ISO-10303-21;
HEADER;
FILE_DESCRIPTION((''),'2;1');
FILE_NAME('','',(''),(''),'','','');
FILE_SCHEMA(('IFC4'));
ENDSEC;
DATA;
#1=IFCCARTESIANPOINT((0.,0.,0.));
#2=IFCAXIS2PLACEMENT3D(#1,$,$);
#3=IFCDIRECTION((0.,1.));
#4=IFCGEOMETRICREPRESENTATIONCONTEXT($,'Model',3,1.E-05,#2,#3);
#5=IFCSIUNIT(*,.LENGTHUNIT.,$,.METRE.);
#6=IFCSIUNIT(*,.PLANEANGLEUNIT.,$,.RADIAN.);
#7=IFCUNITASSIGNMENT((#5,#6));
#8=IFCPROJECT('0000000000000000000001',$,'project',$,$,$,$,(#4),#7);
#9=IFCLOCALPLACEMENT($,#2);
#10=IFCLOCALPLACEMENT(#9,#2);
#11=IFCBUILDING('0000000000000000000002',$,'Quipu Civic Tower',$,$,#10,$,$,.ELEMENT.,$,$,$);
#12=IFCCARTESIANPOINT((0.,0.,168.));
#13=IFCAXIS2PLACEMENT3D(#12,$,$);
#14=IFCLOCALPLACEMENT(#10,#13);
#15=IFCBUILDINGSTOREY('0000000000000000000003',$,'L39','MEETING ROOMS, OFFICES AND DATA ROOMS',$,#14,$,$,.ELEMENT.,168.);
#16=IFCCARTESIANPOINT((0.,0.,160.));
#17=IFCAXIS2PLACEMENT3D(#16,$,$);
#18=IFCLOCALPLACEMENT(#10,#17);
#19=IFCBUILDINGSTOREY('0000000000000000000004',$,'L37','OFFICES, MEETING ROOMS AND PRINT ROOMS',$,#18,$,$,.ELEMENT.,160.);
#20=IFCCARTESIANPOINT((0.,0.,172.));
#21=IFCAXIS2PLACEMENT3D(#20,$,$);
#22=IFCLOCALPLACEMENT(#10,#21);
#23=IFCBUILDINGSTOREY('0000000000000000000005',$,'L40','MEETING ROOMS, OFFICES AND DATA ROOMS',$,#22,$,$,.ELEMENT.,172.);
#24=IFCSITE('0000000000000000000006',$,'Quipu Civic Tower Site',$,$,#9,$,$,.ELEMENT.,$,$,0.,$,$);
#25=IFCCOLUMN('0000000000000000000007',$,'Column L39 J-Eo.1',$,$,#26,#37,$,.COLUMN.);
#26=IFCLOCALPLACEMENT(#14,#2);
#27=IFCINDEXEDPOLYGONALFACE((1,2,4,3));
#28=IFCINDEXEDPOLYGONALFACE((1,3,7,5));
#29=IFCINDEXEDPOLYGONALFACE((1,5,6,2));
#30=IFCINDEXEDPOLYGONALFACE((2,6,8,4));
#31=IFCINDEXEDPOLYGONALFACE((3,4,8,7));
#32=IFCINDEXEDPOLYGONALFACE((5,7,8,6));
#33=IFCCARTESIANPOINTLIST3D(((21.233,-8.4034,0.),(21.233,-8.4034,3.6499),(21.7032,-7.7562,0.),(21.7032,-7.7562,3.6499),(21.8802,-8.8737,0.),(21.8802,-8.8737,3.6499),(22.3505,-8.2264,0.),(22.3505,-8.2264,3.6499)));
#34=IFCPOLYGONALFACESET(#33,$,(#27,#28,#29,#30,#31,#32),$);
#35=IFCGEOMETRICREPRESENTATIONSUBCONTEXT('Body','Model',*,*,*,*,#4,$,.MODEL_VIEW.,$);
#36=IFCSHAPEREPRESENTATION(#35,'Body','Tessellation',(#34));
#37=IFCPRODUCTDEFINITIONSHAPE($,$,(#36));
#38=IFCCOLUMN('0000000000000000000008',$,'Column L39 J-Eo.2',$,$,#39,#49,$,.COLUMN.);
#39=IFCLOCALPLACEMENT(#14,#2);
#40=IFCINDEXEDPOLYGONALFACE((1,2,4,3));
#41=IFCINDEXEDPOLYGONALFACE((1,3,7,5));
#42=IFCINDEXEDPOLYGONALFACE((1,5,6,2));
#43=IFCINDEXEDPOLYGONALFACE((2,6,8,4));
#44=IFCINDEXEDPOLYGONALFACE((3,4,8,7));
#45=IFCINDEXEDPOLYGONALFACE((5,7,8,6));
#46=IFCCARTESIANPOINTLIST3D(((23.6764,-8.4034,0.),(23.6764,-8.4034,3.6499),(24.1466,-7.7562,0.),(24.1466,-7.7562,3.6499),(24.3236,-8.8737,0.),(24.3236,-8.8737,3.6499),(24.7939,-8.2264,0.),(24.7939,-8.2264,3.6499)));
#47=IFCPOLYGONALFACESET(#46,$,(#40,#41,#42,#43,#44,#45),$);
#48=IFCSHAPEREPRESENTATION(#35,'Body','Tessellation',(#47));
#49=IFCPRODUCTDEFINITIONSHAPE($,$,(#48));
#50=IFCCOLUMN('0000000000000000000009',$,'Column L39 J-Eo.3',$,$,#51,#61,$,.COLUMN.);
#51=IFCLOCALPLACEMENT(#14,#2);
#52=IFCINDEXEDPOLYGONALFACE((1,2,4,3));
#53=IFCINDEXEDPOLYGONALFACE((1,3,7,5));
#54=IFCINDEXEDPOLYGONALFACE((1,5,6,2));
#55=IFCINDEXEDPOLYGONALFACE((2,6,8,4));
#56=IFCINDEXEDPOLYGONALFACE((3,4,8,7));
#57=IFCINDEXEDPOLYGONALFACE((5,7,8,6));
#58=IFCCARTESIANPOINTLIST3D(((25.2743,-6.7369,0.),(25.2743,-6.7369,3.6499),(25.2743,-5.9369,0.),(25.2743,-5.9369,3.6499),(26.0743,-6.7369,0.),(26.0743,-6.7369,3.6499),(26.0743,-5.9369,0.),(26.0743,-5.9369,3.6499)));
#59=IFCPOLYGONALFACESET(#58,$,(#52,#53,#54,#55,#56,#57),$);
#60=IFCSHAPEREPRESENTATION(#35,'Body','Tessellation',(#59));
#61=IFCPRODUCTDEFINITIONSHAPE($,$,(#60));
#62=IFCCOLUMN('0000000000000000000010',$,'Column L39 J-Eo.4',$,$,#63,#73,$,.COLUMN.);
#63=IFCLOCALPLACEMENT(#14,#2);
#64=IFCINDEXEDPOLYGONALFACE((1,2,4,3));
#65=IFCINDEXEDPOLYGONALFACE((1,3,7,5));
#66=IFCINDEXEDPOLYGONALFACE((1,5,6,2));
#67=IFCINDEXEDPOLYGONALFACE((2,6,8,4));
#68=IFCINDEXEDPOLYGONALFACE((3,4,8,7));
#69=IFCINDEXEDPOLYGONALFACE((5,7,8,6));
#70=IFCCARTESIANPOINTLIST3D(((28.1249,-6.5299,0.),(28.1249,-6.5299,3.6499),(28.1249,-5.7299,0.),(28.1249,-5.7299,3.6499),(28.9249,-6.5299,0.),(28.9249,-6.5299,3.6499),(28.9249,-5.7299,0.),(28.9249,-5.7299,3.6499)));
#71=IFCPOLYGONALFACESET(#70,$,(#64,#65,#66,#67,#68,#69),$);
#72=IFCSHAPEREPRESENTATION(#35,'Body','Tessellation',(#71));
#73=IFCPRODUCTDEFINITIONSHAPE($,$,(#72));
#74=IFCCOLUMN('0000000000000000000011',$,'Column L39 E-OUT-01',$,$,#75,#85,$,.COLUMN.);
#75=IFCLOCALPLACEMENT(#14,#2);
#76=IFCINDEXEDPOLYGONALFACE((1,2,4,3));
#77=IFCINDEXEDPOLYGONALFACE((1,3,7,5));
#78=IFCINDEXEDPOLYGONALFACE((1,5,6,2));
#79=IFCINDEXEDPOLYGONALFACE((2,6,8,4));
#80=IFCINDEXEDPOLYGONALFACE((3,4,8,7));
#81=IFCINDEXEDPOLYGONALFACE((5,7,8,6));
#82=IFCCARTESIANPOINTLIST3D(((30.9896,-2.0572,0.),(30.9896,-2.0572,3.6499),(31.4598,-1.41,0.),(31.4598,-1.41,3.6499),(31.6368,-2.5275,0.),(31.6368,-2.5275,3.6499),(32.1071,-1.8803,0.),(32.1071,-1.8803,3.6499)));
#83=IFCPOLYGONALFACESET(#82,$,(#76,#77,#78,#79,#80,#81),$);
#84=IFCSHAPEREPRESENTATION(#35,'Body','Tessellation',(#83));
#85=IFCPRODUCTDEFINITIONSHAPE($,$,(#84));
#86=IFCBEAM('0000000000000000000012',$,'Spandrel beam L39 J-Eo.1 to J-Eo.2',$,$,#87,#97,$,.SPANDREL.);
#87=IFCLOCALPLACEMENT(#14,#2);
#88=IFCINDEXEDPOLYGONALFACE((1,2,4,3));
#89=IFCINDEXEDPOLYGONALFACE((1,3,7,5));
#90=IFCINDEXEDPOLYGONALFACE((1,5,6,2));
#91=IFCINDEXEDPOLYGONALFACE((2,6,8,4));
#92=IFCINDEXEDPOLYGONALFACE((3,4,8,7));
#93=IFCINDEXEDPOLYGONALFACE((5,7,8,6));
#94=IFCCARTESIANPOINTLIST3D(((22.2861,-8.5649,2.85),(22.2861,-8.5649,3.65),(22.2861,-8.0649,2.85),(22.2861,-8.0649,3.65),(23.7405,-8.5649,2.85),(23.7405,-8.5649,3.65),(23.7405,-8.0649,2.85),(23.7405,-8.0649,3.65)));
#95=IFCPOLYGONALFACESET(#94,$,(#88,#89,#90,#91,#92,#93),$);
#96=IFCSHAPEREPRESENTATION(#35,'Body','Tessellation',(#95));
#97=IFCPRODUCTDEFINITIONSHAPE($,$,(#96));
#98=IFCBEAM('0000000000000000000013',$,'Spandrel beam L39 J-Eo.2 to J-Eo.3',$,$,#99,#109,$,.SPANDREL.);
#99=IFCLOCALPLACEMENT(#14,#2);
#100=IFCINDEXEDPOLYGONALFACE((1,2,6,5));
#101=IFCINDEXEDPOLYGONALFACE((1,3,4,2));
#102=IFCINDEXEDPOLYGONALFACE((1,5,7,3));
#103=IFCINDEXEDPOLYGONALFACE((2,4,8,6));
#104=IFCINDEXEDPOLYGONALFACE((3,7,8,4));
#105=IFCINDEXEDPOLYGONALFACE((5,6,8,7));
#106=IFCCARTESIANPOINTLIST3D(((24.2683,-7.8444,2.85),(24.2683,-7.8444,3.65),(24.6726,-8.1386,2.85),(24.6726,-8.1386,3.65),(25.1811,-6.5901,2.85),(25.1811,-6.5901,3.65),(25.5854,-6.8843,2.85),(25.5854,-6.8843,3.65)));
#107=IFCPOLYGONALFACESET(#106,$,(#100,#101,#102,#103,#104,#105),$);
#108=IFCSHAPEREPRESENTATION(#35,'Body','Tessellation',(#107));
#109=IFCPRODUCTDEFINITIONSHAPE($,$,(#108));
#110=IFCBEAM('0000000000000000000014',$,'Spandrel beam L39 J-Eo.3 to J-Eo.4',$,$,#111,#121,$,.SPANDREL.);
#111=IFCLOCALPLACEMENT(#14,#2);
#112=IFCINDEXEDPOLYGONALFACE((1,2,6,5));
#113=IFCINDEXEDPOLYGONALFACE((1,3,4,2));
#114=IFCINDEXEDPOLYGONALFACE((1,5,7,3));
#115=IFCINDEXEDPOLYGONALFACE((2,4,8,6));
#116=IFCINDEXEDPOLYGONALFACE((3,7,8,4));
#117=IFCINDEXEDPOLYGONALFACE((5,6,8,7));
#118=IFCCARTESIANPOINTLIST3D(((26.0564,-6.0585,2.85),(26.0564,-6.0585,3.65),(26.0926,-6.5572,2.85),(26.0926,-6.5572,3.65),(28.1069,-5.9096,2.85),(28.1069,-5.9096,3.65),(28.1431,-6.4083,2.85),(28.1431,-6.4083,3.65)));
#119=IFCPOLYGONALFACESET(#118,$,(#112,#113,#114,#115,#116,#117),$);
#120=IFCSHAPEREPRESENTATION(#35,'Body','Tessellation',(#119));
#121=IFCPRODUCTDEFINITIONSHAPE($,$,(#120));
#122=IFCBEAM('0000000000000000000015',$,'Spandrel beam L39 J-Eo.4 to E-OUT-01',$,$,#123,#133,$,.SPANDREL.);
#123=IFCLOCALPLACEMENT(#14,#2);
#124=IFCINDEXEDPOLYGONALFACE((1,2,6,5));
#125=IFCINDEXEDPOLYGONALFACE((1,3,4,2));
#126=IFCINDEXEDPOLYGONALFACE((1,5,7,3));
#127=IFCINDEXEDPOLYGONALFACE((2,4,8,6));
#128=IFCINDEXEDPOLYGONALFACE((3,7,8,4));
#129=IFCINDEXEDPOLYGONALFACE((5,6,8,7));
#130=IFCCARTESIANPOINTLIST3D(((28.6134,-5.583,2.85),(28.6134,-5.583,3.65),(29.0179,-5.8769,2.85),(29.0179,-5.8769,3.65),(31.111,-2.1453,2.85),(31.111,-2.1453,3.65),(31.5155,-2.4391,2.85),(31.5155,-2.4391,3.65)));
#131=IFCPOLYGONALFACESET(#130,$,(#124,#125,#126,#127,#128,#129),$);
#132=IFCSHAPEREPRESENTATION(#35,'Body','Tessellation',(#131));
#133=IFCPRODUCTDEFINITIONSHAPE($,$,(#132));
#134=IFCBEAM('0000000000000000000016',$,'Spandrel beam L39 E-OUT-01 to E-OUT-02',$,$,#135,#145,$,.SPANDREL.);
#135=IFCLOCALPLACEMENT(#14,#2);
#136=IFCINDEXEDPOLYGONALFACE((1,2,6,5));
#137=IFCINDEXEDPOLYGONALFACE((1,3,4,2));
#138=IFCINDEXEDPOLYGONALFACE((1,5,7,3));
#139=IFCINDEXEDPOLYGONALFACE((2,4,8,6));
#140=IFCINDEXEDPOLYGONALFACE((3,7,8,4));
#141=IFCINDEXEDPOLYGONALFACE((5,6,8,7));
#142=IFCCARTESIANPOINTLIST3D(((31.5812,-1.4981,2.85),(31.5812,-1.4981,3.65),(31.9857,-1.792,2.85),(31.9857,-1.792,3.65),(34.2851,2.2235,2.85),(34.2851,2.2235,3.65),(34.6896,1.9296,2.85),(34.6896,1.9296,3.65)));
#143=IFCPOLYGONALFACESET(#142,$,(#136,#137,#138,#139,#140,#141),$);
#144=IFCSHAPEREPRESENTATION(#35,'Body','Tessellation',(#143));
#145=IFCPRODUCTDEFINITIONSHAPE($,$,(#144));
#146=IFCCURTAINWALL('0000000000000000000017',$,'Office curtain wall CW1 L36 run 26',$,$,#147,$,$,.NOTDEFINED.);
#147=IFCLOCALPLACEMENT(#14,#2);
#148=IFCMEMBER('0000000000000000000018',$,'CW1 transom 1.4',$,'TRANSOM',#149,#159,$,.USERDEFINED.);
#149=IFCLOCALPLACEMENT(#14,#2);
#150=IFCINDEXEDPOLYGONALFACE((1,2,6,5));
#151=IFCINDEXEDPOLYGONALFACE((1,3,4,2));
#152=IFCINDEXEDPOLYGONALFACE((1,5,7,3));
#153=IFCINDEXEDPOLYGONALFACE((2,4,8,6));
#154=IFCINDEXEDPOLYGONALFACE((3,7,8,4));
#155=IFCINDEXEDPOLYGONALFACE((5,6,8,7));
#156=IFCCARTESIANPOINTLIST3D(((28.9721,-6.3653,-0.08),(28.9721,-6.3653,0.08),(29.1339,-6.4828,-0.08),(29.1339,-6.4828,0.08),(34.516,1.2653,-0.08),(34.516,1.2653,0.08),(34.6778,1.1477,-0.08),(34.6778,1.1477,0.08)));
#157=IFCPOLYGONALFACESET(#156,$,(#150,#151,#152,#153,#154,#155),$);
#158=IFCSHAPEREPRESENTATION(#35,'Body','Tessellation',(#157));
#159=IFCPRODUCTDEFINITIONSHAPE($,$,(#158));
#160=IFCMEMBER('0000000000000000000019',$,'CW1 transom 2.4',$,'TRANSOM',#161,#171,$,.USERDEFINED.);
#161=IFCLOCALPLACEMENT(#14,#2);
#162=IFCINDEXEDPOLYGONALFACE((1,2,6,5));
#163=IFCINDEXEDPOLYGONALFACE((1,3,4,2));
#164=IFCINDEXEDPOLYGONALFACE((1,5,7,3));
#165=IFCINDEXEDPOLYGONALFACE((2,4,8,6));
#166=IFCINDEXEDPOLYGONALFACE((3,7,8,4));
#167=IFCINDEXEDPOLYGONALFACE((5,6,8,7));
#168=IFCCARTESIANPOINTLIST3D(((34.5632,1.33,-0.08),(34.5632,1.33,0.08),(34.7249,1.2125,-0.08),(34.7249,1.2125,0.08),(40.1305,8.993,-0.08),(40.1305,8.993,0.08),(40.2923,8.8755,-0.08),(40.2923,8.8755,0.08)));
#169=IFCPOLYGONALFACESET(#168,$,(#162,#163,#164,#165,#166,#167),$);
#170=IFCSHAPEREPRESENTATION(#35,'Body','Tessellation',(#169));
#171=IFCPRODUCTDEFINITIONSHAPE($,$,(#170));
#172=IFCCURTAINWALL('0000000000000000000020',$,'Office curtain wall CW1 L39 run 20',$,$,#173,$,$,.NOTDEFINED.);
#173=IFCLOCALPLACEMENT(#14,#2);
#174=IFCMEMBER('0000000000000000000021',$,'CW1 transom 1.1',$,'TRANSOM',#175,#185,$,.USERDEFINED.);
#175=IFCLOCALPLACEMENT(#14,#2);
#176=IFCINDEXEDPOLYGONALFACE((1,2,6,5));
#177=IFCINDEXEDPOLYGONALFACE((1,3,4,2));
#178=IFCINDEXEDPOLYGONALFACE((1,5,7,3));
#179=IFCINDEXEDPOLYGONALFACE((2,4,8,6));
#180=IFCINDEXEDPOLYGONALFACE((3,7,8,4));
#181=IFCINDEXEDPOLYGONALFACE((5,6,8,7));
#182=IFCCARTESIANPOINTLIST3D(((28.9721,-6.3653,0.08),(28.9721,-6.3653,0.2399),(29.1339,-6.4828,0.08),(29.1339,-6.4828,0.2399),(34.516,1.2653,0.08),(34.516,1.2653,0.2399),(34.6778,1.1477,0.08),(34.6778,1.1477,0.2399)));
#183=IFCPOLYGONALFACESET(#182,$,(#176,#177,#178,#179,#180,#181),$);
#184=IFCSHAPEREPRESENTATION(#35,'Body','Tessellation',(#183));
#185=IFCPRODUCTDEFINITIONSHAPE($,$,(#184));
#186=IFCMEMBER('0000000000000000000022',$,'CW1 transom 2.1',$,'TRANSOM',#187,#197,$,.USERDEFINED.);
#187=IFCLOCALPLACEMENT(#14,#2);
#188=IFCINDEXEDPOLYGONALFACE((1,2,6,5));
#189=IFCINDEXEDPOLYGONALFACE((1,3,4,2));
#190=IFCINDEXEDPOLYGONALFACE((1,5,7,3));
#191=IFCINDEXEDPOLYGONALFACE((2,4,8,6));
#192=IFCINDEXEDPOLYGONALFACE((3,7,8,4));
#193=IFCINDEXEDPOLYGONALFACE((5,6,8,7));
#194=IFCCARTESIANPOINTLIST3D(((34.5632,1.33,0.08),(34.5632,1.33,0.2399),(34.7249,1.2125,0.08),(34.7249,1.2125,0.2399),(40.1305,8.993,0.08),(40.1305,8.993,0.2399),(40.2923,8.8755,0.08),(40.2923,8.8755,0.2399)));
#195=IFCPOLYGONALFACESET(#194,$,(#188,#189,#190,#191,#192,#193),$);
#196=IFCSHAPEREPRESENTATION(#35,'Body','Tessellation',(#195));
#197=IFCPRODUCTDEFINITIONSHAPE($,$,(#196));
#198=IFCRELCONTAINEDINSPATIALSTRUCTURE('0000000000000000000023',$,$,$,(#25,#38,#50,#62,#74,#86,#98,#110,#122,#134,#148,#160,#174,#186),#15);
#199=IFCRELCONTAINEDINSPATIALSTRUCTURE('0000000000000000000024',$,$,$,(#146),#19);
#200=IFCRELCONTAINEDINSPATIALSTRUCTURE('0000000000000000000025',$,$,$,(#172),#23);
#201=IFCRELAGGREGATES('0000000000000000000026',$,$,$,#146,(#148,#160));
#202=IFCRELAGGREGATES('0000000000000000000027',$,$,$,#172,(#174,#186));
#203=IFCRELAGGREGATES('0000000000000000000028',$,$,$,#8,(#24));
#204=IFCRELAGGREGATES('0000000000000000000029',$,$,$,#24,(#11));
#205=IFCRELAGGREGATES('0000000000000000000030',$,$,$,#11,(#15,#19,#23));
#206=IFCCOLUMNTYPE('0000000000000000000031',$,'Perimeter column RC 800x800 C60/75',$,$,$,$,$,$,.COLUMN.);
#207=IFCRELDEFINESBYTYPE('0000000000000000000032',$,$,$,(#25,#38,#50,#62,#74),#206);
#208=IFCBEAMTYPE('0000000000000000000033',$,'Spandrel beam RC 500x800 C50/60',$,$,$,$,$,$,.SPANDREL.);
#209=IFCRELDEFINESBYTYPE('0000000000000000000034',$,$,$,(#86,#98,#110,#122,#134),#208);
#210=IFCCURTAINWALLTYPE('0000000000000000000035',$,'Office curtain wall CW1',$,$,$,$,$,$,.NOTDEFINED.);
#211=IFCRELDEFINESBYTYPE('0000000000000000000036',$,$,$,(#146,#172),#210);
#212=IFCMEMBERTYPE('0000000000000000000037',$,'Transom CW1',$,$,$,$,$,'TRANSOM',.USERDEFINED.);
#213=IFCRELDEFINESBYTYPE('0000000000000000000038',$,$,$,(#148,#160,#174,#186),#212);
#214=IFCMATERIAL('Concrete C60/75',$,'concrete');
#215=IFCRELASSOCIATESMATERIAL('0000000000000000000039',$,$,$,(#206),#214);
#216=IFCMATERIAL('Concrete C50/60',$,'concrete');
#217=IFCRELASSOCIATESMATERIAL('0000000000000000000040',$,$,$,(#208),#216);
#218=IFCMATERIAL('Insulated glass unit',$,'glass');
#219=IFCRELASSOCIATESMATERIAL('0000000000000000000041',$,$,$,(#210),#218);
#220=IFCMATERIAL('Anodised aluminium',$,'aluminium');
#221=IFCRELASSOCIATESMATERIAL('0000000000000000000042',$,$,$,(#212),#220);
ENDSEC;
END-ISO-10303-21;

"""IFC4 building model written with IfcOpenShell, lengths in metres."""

from ifc_helpers import new_model, si_unit, direction, frame, origin, origin_2d, place, context, subcontext, project, spatial, rectangle, extrude, material, material_profile, profile_set, type_object, element, aggregate, save


model = new_model("IFC4")

# Units and contexts
model_context = context("Model", 3, precision=1e-05, world=origin(), true_north=direction((0.0, 1.0)))
body_context = subcontext(model_context, "Body", "Model", "MODEL_VIEW")
ifc_project = project(units=[si_unit("LENGTHUNIT", "METRE"), si_unit("PLANEANGLEUNIT", "RADIAN")], contexts=[model_context])

# Site, building, storey
site_placement = place(None, origin())
site = spatial("IfcSite", under=ifc_project, at=site_placement, Name="Quipu Civic Tower Site", CompositionType="ELEMENT", RefElevation=0.0)
building_placement = place(site_placement, origin())
building = spatial("IfcBuilding", under=site, at=building_placement, Name="Quipu Civic Tower", CompositionType="ELEMENT")
storey_1_placement = place(building_placement, frame((0.0, 0.0, 168.0)))
storey_1 = spatial("IfcBuildingStorey", under=building, at=storey_1_placement, Name="L39", Description="MEETING ROOMS, OFFICES AND DATA ROOMS", CompositionType="ELEMENT", Elevation=168.0)

# Columns
ifc_material_1 = material(Name="Concrete C60/75", Category="concrete")
ifc_material_profile_1 = material_profile(ifc_material_1, rectangle(XDim=0.8, YDim=0.8, at=origin_2d()), Name="RC800x800")
ifc_profile_set_1 = profile_set([ifc_material_profile_1], Name="Concrete C60/75")
column_type = type_object("IfcColumnType", Name="Perimeter column RC 800x800 C60/75", PredefinedType="COLUMN", material=ifc_profile_set_1)
for number, where, z_axis, x_axis, name in (
    (1, (21.7917, -8.3149, 0.0), (0.0, 0.0, 1.0), (0.587785, 0.809017, 0.0), "Column L39 J-Eo.1"),
    (2, (24.2351, -8.3149, 0.0), (0.0, 0.0, 1.0), (0.587785, 0.809017, 0.0), "Column L39 J-Eo.2"),
    (3, (25.6743, -6.3369, 0.0), (0.0, 0.0, 1.0), (1.0, 0.0, 0.0), "Column L39 J-Eo.3"),
    (4, (28.5249, -6.1299, 0.0), (0.0, 0.0, 1.0), (1.0, 0.0, 0.0), "Column L39 J-Eo.4"),
    (5, (31.5483, -1.9688, 0.0), (0.0, 0.0, 1.0), (0.587785, 0.809017, 0.0), "Column L39 E-OUT-01"),
):
    element("IfcColumn", number, at=place(storey_1_placement, frame(where, z_axis=z_axis, x_axis=x_axis)), inside=storey_1, type_object=column_type, Name=name, PredefinedType="COLUMN", context=body_context, shape_type="SweptSolid", body=[
        extrude(rectangle(XDim=0.8, YDim=0.8, at=origin_2d()), origin(), (0.0, 0.0, 1.0), 3.6499),
    ])

# Beams
ifc_material_2 = material(Name="Concrete C50/60", Category="concrete")
ifc_material_profile_2 = material_profile(ifc_material_2, rectangle(XDim=0.5, YDim=0.8, at=origin_2d()), Name="RC500x800")
ifc_profile_set_2 = profile_set([ifc_material_profile_2], Name="Concrete C50/60")
beam_type = type_object("IfcBeamType", Name="Spandrel beam RC 500x800 C50/60", PredefinedType="SPANDREL", material=ifc_profile_set_2)
beam_1_placement = place(storey_1_placement, frame((22.2861, -8.3149, 3.25), z_axis=(1.0, 0.0, 0.0), x_axis=(0.0, 1.0, 0.0)))
element("IfcBeam", 6, at=beam_1_placement, inside=storey_1, type_object=beam_type, Name="Spandrel beam L39 J-Eo.1 to J-Eo.2", PredefinedType="SPANDREL", context=body_context, shape_type="SweptSolid", body=[
    extrude(rectangle(XDim=0.5, YDim=0.8, at=origin_2d()), origin(), (0.0, 0.0, 1.0), 1.4543),
])
beam_2_placement = place(storey_1_placement, frame((24.4705, -7.9915, 3.25), z_axis=(0.588406, 0.808566, 0.0), x_axis=(-0.808566, 0.588406, 0.0)))
element("IfcBeam", 7, at=beam_2_placement, inside=storey_1, type_object=beam_type, Name="Spandrel beam L39 J-Eo.2 to J-Eo.3", PredefinedType="SPANDREL", context=body_context, shape_type="SweptSolid", body=[
    extrude(rectangle(XDim=0.5, YDim=0.8, at=origin_2d()), origin(), (0.0, 0.0, 1.0), 1.5513),
])
beam_3_placement = place(storey_1_placement, frame((26.0745, -6.3079, 3.25), z_axis=(0.997373, 0.072437, 0.0), x_axis=(-0.072437, 0.997373, 0.0)))
element("IfcBeam", 8, at=beam_3_placement, inside=storey_1, type_object=beam_type, Name="Spandrel beam L39 J-Eo.3 to J-Eo.4", PredefinedType="SPANDREL", context=body_context, shape_type="SweptSolid", body=[
    extrude(rectangle(XDim=0.5, YDim=0.8, at=origin_2d()), origin(), (0.0, 0.0, 1.0), 2.0559),
])
beam_4_placement = place(storey_1_placement, frame((28.8157, -5.73, 3.25), z_axis=(0.587769, 0.809029, 0.0), x_axis=(-0.809029, 0.587769, 0.0)))
element("IfcBeam", 9, at=beam_4_placement, inside=storey_1, type_object=beam_type, Name="Spandrel beam L39 J-Eo.4 to E-OUT-01", PredefinedType="SPANDREL", context=body_context, shape_type="SweptSolid", body=[
    extrude(rectangle(XDim=0.5, YDim=0.8, at=origin_2d()), origin(), (0.0, 0.0, 1.0), 4.2493),
])
beam_5_placement = place(storey_1_placement, frame((31.7834, -1.645, 3.25), z_axis=(0.587796, 0.809009, 0.0), x_axis=(-0.809009, 0.587796, 0.0)))
element("IfcBeam", 10, at=beam_5_placement, inside=storey_1, type_object=beam_type, Name="Spandrel beam L39 E-OUT-01 to E-OUT-02", PredefinedType="SPANDREL", context=body_context, shape_type="SweptSolid", body=[
    extrude(rectangle(XDim=0.5, YDim=0.8, at=origin_2d()), origin(), (0.0, 0.0, 1.0), 4.6001),
])

# Shared definitions
storey_2_placement = place(building_placement, frame((0.0, 0.0, 160.0)))
storey_2 = spatial("IfcBuildingStorey", under=building, at=storey_2_placement, Name="L37", Description="OFFICES, MEETING ROOMS AND PRINT ROOMS", CompositionType="ELEMENT", Elevation=160.0)

# Curtain wall, members
ifc_material_3 = material(Name="Insulated glass unit", Category="glass")
curtain_wall_type = type_object("IfcCurtainWallType", Name="Office curtain wall CW1", PredefinedType="NOTDEFINED", material=ifc_material_3)
curtain_wall_1_placement = place(storey_2_placement, origin())
curtain_wall_1 = element("IfcCurtainWall", 11, at=curtain_wall_1_placement, inside=storey_2, type_object=curtain_wall_type, Name="Office curtain wall CW1 L36 run 26", PredefinedType="NOTDEFINED")
ifc_material_4 = material(Name="Anodised aluminium", Category="aluminium")
ifc_material_profile_3 = material_profile(ifc_material_4, rectangle(XDim=0.2, YDim=0.1599, at=origin_2d()), Name="RECT 200x160")
ifc_profile_set_3 = profile_set([ifc_material_profile_3], Name="Anodised aluminium")
member_type = type_object("IfcMemberType", Name="Transom CW1", ElementType="TRANSOM", PredefinedType="USERDEFINED", material=ifc_profile_set_3)
member_1_placement = place(storey_1_placement, frame((29.053, -6.4241, 0.0), z_axis=(0.587784, 0.809018, 0.0), x_axis=(-0.809018, 0.587784, 0.0)))
member_1 = element("IfcMember", 12, at=member_1_placement, inside=storey_1, type_object=member_type, Name="CW1 transom 1.4", ObjectType="TRANSOM", PredefinedType="USERDEFINED", context=body_context, shape_type="SweptSolid", body=[
    extrude(rectangle(XDim=0.2, YDim=0.1599, at=origin_2d()), origin(), (0.0, 0.0, 1.0), 9.4319),
])
member_2_placement = place(storey_1_placement, frame((34.644, 1.2712, 0.0), z_axis=(0.587773, 0.809026, 0.0), x_axis=(-0.809026, 0.587773, 0.0)))
member_2 = element("IfcMember", 13, at=member_2_placement, inside=storey_1, type_object=member_type, Name="CW1 transom 2.4", ObjectType="TRANSOM", PredefinedType="USERDEFINED", context=body_context, shape_type="SweptSolid", body=[
    extrude(rectangle(XDim=0.2, YDim=0.1599, at=origin_2d()), origin(), (0.0, 0.0, 1.0), 9.4719),
])
aggregate(curtain_wall_1, [member_1, member_2])

# Shared definitions
storey_3_placement = place(building_placement, frame((0.0, 0.0, 172.0)))
storey_3 = spatial("IfcBuildingStorey", under=building, at=storey_3_placement, Name="L40", Description="MEETING ROOMS, OFFICES AND DATA ROOMS", CompositionType="ELEMENT", Elevation=172.0)

# Curtain wall, members
curtain_wall_2_placement = place(storey_3_placement, origin())
curtain_wall_2 = element("IfcCurtainWall", 14, at=curtain_wall_2_placement, inside=storey_3, type_object=curtain_wall_type, Name="Office curtain wall CW1 L39 run 20", PredefinedType="NOTDEFINED")
member_3_placement = place(storey_1_placement, frame((29.053, -6.4241, 0.1599), z_axis=(0.587784, 0.809018, 0.0), x_axis=(-0.809018, 0.587784, 0.0)))
member_3 = element("IfcMember", 15, at=member_3_placement, inside=storey_1, type_object=member_type, Name="CW1 transom 1.1", ObjectType="TRANSOM", PredefinedType="USERDEFINED", context=body_context, shape_type="SweptSolid", body=[
    extrude(rectangle(XDim=0.2, YDim=0.1599, at=origin_2d()), origin(), (0.0, 0.0, 1.0), 9.4319),
])
member_4_placement = place(storey_1_placement, frame((34.644, 1.2712, 0.1599), z_axis=(0.587773, 0.809026, 0.0), x_axis=(-0.809026, 0.587773, 0.0)))
member_4 = element("IfcMember", 16, at=member_4_placement, inside=storey_1, type_object=member_type, Name="CW1 transom 2.1", ObjectType="TRANSOM", PredefinedType="USERDEFINED", context=body_context, shape_type="SweptSolid", body=[
    extrude(rectangle(XDim=0.2, YDim=0.1599, at=origin_2d()), origin(), (0.0, 0.0, 1.0), 9.4719),
])
aggregate(curtain_wall_2, [member_3, member_4])

save(model, "model.ifc")
